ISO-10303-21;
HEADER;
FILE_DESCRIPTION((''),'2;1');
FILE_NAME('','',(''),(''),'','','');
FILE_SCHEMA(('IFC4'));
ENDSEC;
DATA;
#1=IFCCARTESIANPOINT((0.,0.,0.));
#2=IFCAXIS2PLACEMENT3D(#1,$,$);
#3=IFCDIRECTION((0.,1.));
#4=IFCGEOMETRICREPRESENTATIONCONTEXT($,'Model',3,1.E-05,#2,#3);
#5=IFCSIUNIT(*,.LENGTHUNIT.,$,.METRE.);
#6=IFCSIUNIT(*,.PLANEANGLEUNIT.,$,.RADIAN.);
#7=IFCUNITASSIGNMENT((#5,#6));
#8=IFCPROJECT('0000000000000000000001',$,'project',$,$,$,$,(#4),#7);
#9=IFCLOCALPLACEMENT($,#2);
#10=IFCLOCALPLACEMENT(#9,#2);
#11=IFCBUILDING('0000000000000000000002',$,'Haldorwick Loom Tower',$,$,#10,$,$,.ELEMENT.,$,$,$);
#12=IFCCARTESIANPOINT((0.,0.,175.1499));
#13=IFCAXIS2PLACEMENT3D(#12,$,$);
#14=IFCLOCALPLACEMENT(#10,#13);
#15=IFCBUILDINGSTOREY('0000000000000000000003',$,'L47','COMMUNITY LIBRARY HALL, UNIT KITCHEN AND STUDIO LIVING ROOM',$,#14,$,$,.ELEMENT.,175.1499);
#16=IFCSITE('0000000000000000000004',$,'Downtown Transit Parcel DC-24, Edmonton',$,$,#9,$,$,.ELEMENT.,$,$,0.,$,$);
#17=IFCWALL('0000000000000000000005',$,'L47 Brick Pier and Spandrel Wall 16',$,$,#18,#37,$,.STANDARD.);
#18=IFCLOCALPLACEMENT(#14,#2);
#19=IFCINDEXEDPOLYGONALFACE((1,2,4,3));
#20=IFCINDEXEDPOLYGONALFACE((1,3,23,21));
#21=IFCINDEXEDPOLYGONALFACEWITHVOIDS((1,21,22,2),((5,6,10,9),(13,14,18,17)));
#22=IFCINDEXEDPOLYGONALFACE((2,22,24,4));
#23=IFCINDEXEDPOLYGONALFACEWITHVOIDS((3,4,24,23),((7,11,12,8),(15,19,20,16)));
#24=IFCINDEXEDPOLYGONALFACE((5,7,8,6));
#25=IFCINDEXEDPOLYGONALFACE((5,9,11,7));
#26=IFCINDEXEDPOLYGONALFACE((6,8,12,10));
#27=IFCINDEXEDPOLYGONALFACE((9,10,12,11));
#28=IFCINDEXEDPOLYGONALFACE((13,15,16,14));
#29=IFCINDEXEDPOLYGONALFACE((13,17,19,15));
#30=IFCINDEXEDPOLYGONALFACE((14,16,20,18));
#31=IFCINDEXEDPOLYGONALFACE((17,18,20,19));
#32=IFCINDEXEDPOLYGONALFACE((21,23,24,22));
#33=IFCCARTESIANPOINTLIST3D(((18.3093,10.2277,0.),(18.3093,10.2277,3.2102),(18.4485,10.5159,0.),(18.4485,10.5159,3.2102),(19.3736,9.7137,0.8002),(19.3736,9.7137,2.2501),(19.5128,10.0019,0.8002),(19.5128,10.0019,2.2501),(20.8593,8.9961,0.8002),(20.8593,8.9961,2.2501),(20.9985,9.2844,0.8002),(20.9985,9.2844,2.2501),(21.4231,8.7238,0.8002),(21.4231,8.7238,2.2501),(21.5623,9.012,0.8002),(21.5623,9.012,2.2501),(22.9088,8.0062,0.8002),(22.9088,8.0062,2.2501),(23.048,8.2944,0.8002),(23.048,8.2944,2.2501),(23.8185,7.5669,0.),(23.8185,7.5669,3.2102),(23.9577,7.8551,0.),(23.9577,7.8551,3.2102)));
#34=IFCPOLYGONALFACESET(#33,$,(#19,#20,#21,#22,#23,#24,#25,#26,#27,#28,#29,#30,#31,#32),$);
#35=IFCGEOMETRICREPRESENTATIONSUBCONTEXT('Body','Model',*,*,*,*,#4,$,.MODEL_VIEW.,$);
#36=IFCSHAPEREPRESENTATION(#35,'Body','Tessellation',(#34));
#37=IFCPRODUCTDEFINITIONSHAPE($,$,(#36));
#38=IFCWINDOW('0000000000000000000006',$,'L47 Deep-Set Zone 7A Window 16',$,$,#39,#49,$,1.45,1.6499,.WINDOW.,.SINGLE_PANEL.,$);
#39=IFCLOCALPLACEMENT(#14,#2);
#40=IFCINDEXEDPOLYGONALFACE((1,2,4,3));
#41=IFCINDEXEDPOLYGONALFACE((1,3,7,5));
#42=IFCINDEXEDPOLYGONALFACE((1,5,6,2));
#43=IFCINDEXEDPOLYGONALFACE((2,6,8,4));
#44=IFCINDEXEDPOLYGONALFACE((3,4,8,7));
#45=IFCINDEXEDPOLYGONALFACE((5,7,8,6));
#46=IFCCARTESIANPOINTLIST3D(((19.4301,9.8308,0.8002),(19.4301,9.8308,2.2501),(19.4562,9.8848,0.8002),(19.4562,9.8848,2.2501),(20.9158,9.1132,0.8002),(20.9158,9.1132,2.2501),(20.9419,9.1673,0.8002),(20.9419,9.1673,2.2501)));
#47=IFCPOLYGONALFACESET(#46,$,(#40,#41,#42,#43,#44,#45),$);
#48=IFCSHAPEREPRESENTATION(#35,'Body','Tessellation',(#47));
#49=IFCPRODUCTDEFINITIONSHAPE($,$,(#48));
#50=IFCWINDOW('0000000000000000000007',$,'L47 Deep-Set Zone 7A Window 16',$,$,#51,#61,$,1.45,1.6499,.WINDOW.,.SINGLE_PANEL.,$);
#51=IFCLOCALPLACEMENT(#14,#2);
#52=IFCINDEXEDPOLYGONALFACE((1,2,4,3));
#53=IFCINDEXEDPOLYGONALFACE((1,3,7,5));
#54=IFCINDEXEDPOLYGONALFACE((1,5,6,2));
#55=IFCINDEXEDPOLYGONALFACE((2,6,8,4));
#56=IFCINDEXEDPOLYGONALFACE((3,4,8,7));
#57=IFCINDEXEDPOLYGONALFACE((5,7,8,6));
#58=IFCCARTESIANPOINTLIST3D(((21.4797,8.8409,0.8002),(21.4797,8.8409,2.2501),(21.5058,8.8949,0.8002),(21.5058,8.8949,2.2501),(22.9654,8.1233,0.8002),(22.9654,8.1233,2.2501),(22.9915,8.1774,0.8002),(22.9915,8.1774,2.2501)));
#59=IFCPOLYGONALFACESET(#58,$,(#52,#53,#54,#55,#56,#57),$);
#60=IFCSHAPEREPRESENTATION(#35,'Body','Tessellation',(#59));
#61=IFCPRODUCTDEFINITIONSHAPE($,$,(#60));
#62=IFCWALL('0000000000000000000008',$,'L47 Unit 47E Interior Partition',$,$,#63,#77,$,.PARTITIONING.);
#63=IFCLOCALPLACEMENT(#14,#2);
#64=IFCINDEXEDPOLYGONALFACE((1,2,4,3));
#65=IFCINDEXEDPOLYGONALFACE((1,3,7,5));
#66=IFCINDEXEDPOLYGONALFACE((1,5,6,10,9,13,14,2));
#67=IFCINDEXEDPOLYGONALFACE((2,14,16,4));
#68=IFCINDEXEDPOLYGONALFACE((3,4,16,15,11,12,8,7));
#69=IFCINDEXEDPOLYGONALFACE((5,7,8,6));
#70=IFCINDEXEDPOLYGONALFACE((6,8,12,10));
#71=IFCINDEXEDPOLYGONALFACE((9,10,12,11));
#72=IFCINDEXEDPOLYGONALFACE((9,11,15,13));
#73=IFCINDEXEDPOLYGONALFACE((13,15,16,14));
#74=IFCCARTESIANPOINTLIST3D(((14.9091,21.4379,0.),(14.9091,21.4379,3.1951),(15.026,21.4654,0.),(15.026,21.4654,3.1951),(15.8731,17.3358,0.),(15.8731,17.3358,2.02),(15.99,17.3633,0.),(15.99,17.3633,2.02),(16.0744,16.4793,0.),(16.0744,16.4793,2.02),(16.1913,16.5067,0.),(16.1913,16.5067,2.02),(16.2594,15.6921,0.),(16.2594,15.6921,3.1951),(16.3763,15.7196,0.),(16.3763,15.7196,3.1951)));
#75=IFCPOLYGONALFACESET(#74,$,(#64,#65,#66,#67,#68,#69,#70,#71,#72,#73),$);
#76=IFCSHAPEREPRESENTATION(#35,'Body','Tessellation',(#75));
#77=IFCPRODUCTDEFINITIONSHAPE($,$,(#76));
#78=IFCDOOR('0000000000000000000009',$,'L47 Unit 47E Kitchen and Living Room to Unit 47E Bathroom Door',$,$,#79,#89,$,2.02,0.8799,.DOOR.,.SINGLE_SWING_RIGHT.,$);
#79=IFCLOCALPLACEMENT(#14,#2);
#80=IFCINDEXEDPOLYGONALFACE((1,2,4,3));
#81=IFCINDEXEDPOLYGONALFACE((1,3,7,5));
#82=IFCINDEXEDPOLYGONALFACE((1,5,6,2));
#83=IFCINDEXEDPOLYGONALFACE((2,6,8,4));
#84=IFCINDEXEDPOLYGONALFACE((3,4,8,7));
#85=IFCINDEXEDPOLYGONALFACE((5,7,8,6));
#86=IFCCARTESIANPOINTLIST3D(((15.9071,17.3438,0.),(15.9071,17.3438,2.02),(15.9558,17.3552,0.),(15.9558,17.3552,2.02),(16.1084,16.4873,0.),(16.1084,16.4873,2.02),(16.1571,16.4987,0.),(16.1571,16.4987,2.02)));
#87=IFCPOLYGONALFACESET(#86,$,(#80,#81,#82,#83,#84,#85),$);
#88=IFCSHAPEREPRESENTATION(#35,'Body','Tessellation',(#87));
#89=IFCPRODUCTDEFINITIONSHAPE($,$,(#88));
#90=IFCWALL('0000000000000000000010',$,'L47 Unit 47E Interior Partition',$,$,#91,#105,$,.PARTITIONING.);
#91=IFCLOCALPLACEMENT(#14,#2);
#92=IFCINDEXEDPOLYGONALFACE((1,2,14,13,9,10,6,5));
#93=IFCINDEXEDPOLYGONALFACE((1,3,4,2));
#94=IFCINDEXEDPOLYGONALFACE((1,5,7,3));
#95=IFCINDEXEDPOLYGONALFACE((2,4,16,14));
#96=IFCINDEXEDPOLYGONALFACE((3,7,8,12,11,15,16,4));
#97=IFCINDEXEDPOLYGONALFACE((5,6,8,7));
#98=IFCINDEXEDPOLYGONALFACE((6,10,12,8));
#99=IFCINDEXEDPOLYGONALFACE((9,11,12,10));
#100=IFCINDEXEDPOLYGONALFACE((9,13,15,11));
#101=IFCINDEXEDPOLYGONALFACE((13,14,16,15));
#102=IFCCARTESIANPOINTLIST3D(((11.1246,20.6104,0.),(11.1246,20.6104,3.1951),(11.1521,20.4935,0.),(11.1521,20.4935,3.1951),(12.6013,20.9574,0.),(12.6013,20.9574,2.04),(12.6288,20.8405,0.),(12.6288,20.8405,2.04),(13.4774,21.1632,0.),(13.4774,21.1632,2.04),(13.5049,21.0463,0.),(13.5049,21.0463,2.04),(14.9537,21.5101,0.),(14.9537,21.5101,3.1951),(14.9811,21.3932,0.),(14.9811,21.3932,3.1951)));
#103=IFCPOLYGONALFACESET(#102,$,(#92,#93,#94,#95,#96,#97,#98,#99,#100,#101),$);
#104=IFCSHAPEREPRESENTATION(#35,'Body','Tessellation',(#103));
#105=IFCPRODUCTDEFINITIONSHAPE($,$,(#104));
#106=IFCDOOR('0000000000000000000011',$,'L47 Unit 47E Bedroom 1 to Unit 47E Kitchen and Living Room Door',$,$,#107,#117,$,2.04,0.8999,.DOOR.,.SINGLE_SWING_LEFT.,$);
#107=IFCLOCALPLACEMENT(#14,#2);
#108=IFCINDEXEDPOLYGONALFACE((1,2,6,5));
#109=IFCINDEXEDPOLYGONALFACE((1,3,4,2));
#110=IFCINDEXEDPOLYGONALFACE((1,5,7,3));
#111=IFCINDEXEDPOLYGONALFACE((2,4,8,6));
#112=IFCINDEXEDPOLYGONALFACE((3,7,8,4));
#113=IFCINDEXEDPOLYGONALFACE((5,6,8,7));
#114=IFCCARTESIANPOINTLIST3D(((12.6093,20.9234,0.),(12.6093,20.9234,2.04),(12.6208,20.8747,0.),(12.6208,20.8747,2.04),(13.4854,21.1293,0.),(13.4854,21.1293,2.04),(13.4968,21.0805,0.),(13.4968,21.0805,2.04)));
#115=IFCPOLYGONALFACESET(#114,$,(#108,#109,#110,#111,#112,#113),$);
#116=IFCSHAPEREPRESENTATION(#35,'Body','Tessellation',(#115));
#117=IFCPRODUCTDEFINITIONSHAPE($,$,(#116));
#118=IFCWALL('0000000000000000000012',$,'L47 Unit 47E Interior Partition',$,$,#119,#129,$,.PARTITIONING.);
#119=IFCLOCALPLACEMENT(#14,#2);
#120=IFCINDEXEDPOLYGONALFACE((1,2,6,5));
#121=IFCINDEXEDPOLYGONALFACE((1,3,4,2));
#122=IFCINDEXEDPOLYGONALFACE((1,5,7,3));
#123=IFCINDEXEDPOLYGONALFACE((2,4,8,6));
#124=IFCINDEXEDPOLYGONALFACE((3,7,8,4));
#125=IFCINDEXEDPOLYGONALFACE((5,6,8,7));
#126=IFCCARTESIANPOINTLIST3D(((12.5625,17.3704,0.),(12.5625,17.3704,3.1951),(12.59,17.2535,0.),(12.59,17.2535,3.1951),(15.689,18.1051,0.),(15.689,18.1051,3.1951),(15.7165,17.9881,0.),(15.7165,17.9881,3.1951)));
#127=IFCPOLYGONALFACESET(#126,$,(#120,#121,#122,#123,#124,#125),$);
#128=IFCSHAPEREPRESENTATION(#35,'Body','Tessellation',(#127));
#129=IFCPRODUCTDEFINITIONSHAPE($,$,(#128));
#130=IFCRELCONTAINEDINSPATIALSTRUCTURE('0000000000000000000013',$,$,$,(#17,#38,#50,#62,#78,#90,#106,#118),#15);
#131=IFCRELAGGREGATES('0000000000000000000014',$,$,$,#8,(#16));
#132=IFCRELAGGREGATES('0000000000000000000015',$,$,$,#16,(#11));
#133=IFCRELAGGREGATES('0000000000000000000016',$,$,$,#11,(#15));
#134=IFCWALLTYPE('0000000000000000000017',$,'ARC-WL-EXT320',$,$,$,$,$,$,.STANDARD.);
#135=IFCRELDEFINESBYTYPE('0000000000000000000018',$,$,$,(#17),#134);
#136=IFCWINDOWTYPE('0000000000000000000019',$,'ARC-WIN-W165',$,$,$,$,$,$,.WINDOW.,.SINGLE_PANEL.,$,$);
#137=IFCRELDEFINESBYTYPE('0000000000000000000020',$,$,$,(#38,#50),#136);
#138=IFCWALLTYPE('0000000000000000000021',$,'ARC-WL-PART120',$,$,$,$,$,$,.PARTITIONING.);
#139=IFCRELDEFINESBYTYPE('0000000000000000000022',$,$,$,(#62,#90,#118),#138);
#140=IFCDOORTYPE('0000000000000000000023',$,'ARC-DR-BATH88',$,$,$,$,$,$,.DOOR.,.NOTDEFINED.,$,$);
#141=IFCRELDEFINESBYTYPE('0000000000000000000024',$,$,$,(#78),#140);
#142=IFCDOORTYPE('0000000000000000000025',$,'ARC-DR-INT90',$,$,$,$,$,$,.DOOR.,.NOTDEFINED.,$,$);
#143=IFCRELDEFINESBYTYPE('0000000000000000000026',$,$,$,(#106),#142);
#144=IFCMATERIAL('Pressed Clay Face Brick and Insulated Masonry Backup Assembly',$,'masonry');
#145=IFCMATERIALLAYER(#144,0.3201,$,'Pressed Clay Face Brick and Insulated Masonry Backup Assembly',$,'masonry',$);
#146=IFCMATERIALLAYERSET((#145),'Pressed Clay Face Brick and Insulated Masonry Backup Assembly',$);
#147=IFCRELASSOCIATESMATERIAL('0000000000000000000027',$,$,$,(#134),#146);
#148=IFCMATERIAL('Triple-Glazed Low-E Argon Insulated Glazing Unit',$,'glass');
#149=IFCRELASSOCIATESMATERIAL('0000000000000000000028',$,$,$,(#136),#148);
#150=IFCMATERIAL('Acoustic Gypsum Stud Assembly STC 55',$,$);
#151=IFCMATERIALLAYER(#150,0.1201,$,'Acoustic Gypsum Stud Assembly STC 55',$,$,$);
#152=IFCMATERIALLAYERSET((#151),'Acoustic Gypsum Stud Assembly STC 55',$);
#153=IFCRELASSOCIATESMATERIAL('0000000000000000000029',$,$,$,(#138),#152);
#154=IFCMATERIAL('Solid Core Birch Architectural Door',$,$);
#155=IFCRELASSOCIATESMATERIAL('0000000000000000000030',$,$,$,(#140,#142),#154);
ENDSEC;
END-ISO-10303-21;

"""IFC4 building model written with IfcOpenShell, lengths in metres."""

from ifc_helpers import new_model, si_unit, direction, frame, frame_2d, origin, place, context, subcontext, project, spatial, rectangle, extrude, material, layer, layer_set, type_object, element, fill, save


model = new_model("IFC4")

# Units and contexts
model_context = context("Model", 3, precision=1e-05, world=origin(), true_north=direction((0.0, 1.0)))
body_context = subcontext(model_context, "Body", "Model", "MODEL_VIEW")
ifc_project = project(units=[si_unit("LENGTHUNIT", "METRE"), si_unit("PLANEANGLEUNIT", "RADIAN")], contexts=[model_context])

# Site, building, storey
site_placement = place(None, origin())
site = spatial("IfcSite", under=ifc_project, at=site_placement, Name="Downtown Transit Parcel DC-24, Edmonton", CompositionType="ELEMENT", RefElevation=0.0)
building_placement = place(site_placement, origin())
building = spatial("IfcBuilding", under=site, at=building_placement, Name="Haldorwick Loom Tower", CompositionType="ELEMENT")
storey_placement = place(building_placement, frame((0.0, 0.0, 175.1499)))
storey = spatial("IfcBuildingStorey", under=building, at=storey_placement, Name="L47", Description="COMMUNITY LIBRARY HALL, UNIT KITCHEN AND STUDIO LIVING ROOM", CompositionType="ELEMENT", Elevation=175.1499)

# Shared definitions
ifc_material_1 = material(Name="Pressed Clay Face Brick and Insulated Masonry Backup Assembly", Category="masonry")
ifc_layer_1 = layer(ifc_material_1, 0.3201, Name="Pressed Clay Face Brick and Insulated Masonry Backup Assembly", Category="masonry")
ifc_layer_set_1 = layer_set([ifc_layer_1], Name="Pressed Clay Face Brick and Insulated Masonry Backup Assembly")
wall_type_1 = type_object("IfcWallType", Name="ARC-WL-EXT320", PredefinedType="STANDARD", material=ifc_layer_set_1)

# Wall, openings, windows
wall_1_placement = place(storey_placement, frame((18.3789, 10.3718, 0.0), z_axis=(0.0, 0.0, 1.0), x_axis=(0.900472, -0.434913, 0.0)))
wall_1 = element("IfcWall", 1, at=wall_1_placement, inside=storey, type_object=wall_type_1, Name="L47 Brick Pier and Spandrel Wall 16", PredefinedType="STANDARD", context=body_context, shape_type="SweptSolid", body=[
    extrude(rectangle(XDim=6.1182, YDim=0.3201, at=frame_2d((3.0591, 0.0))), origin(), (0.0, 0.0, 1.0), 3.2102),
])
opening_1_placement = place(wall_1_placement, frame((1.1819, 0.0, 0.8)))
opening_1 = element("IfcOpeningElement", 2, at=opening_1_placement, cuts=wall_1, PredefinedType="OPENING", context=body_context, shape_type="SweptSolid", body=[
    extrude(rectangle(XDim=1.6499, YDim=1.45, at=frame_2d((0.825, 0.7251))), frame((0.0, 0.1699, 0.0), z_axis=(0.0, -1.0, 0.0), x_axis=(1.0, 0.0, 0.0)), (0.0, 0.0, 1.0), 0.3401),
])
opening_2_placement = place(wall_1_placement, frame((3.458, 0.0, 0.8)))
opening_2 = element("IfcOpeningElement", 3, at=opening_2_placement, cuts=wall_1, PredefinedType="OPENING", context=body_context, shape_type="SweptSolid", body=[
    extrude(rectangle(XDim=1.6499, YDim=1.45, at=frame_2d((0.825, 0.7251))), frame((0.0, 0.1699, 0.0), z_axis=(0.0, -1.0, 0.0), x_axis=(1.0, 0.0, 0.0)), (0.0, 0.0, 1.0), 0.3401),
])
ifc_material_2 = material(Name="Triple-Glazed Low-E Argon Insulated Glazing Unit", Category="glass")
window_type = type_object("IfcWindowType", Name="ARC-WIN-W165", PartitioningType="SINGLE_PANEL", PredefinedType="WINDOW", material=ifc_material_2)
window_1_placement = place(opening_1_placement, origin())
window_1 = element("IfcWindow", 4, at=window_1_placement, inside=storey, type_object=window_type, Name="L47 Deep-Set Zone 7A Window 16", OverallHeight=1.45, OverallWidth=1.6499, PartitioningType="SINGLE_PANEL", PredefinedType="WINDOW", context=body_context, shape_type="SweptSolid", body=[
    extrude(rectangle(XDim=1.6499, YDim=1.45, at=frame_2d((0.825, 0.7251))), frame((0.0, 0.03, 0.0), z_axis=(0.0, -1.0, 0.0), x_axis=(1.0, 0.0, 0.0)), (0.0, 0.0, 1.0), 0.0601),
])
fill(opening_1, window_1)
window_2_placement = place(opening_2_placement, origin())
window_2 = element("IfcWindow", 5, at=window_2_placement, inside=storey, type_object=window_type, Name="L47 Deep-Set Zone 7A Window 16", OverallHeight=1.45, OverallWidth=1.6499, PartitioningType="SINGLE_PANEL", PredefinedType="WINDOW", context=body_context, shape_type="SweptSolid", body=[
    extrude(rectangle(XDim=1.6499, YDim=1.45, at=frame_2d((0.825, 0.7251))), frame((0.0, 0.03, 0.0), z_axis=(0.0, -1.0, 0.0), x_axis=(1.0, 0.0, 0.0)), (0.0, 0.0, 1.0), 0.0601),
])
fill(opening_2, window_2)

# Walls, openings, doors
ifc_material_3 = material(Name="Acoustic Gypsum Stud Assembly STC 55")
ifc_layer_2 = layer(ifc_material_3, 0.1201, Name="Acoustic Gypsum Stud Assembly STC 55")
ifc_layer_set_2 = layer_set([ifc_layer_2], Name="Acoustic Gypsum Stud Assembly STC 55")
wall_type_2 = type_object("IfcWallType", Name="ARC-WL-PART120", PredefinedType="PARTITIONING", material=ifc_layer_set_2)
wall_2_placement = place(storey_placement, frame((14.9675, 21.4517, 0.0), z_axis=(0.0, 0.0, 1.0), x_axis=(0.228779, -0.973478, 0.0)))
wall_2 = element("IfcWall", 6, at=wall_2_placement, inside=storey, type_object=wall_type_2, Name="L47 Unit 47E Interior Partition", PredefinedType="PARTITIONING", context=body_context, shape_type="SweptSolid", body=[
    extrude(rectangle(XDim=5.9023, YDim=0.1201, at=frame_2d((2.9512, 0.0))), origin(), (0.0, 0.0, 1.0), 3.1951),
])
opening_3_placement = place(wall_2_placement, frame((4.2139, 0.0, 0.0)))
opening_3 = element("IfcOpeningElement", 7, at=opening_3_placement, cuts=wall_2, PredefinedType="OPENING", context=body_context, shape_type="SweptSolid", body=[
    extrude(rectangle(XDim=0.8799, YDim=2.02, at=frame_2d((0.4399, 1.01))), frame((0.0, 0.0701, 0.0), z_axis=(0.0, -1.0, 0.0), x_axis=(1.0, 0.0, 0.0)), (0.0, 0.0, 1.0), 0.1401),
])
ifc_material_4 = material(Name="Solid Core Birch Architectural Door")
door_type_1 = type_object("IfcDoorType", Name="ARC-DR-BATH88", OperationType="NOTDEFINED", PredefinedType="DOOR", material=ifc_material_4)
door_1_placement = place(opening_3_placement, origin())
door_1 = element("IfcDoor", 8, at=door_1_placement, inside=storey, type_object=door_type_1, Name="L47 Unit 47E Kitchen and Living Room to Unit 47E Bathroom Door", OperationType="SINGLE_SWING_RIGHT", OverallHeight=2.02, OverallWidth=0.8799, PredefinedType="DOOR", context=body_context, shape_type="SweptSolid", body=[
    extrude(rectangle(XDim=0.8799, YDim=2.02, at=frame_2d((0.4399, 1.01))), frame((0.0, 0.0249, 0.0), z_axis=(0.0, -1.0, 0.0), x_axis=(1.0, 0.0, 0.0)), (0.0, 0.0, 1.0), 0.05),
])
fill(opening_3, door_1)
wall_3_placement = place(storey_placement, frame((14.9675, 21.4517, 0.0), z_axis=(0.0, 0.0, 1.0), x_axis=(-0.973491, -0.228724, 0.0)))
wall_3 = element("IfcWall", 9, at=wall_3_placement, inside=storey, type_object=wall_type_2, Name="L47 Unit 47E Interior Partition", PredefinedType="PARTITIONING", context=body_context, shape_type="SweptSolid", body=[
    extrude(rectangle(XDim=3.9333, YDim=0.1201, at=frame_2d((1.9668, 0.0))), origin(), (0.0, 0.0, 1.0), 3.1951),
])
opening_4_placement = place(wall_3_placement, frame((1.5166, 0.0, 0.0)))
opening_4 = element("IfcOpeningElement", 10, at=opening_4_placement, cuts=wall_3, PredefinedType="OPENING", context=body_context, shape_type="SweptSolid", body=[
    extrude(rectangle(XDim=0.8999, YDim=2.04, at=frame_2d((0.45, 1.02))), frame((0.0, 0.0701, 0.0), z_axis=(0.0, -1.0, 0.0), x_axis=(1.0, 0.0, 0.0)), (0.0, 0.0, 1.0), 0.1401),
])
door_type_2 = type_object("IfcDoorType", Name="ARC-DR-INT90", OperationType="NOTDEFINED", PredefinedType="DOOR", material=ifc_material_4)
door_2_placement = place(opening_4_placement, origin())
door_2 = element("IfcDoor", 11, at=door_2_placement, inside=storey, type_object=door_type_2, Name="L47 Unit 47E Bedroom 1 to Unit 47E Kitchen and Living Room Door", OperationType="SINGLE_SWING_LEFT", OverallHeight=2.04, OverallWidth=0.8999, PredefinedType="DOOR", context=body_context, shape_type="SweptSolid", body=[
    extrude(rectangle(XDim=0.8999, YDim=2.04, at=frame_2d((0.45, 1.02))), frame((0.0, 0.0249, 0.0), z_axis=(0.0, -1.0, 0.0), x_axis=(1.0, 0.0, 0.0)), (0.0, 0.0, 1.0), 0.05),
])
fill(opening_4, door_2)

# Wall
wall_4_placement = place(storey_placement, frame((15.7029, 18.0466, 0.0), z_axis=(0.0, 0.0, 1.0), x_axis=(-0.973488, -0.228738, 0.0)))
element("IfcWall", 12, at=wall_4_placement, inside=storey, type_object=wall_type_2, Name="L47 Unit 47E Interior Partition", PredefinedType="PARTITIONING", context=body_context, shape_type="SweptSolid", body=[
    extrude(rectangle(XDim=3.2117, YDim=0.1201, at=frame_2d((1.606, 0.0))), origin(), (0.0, 0.0, 1.0), 3.1951),
])

save(model, "model.ifc")
